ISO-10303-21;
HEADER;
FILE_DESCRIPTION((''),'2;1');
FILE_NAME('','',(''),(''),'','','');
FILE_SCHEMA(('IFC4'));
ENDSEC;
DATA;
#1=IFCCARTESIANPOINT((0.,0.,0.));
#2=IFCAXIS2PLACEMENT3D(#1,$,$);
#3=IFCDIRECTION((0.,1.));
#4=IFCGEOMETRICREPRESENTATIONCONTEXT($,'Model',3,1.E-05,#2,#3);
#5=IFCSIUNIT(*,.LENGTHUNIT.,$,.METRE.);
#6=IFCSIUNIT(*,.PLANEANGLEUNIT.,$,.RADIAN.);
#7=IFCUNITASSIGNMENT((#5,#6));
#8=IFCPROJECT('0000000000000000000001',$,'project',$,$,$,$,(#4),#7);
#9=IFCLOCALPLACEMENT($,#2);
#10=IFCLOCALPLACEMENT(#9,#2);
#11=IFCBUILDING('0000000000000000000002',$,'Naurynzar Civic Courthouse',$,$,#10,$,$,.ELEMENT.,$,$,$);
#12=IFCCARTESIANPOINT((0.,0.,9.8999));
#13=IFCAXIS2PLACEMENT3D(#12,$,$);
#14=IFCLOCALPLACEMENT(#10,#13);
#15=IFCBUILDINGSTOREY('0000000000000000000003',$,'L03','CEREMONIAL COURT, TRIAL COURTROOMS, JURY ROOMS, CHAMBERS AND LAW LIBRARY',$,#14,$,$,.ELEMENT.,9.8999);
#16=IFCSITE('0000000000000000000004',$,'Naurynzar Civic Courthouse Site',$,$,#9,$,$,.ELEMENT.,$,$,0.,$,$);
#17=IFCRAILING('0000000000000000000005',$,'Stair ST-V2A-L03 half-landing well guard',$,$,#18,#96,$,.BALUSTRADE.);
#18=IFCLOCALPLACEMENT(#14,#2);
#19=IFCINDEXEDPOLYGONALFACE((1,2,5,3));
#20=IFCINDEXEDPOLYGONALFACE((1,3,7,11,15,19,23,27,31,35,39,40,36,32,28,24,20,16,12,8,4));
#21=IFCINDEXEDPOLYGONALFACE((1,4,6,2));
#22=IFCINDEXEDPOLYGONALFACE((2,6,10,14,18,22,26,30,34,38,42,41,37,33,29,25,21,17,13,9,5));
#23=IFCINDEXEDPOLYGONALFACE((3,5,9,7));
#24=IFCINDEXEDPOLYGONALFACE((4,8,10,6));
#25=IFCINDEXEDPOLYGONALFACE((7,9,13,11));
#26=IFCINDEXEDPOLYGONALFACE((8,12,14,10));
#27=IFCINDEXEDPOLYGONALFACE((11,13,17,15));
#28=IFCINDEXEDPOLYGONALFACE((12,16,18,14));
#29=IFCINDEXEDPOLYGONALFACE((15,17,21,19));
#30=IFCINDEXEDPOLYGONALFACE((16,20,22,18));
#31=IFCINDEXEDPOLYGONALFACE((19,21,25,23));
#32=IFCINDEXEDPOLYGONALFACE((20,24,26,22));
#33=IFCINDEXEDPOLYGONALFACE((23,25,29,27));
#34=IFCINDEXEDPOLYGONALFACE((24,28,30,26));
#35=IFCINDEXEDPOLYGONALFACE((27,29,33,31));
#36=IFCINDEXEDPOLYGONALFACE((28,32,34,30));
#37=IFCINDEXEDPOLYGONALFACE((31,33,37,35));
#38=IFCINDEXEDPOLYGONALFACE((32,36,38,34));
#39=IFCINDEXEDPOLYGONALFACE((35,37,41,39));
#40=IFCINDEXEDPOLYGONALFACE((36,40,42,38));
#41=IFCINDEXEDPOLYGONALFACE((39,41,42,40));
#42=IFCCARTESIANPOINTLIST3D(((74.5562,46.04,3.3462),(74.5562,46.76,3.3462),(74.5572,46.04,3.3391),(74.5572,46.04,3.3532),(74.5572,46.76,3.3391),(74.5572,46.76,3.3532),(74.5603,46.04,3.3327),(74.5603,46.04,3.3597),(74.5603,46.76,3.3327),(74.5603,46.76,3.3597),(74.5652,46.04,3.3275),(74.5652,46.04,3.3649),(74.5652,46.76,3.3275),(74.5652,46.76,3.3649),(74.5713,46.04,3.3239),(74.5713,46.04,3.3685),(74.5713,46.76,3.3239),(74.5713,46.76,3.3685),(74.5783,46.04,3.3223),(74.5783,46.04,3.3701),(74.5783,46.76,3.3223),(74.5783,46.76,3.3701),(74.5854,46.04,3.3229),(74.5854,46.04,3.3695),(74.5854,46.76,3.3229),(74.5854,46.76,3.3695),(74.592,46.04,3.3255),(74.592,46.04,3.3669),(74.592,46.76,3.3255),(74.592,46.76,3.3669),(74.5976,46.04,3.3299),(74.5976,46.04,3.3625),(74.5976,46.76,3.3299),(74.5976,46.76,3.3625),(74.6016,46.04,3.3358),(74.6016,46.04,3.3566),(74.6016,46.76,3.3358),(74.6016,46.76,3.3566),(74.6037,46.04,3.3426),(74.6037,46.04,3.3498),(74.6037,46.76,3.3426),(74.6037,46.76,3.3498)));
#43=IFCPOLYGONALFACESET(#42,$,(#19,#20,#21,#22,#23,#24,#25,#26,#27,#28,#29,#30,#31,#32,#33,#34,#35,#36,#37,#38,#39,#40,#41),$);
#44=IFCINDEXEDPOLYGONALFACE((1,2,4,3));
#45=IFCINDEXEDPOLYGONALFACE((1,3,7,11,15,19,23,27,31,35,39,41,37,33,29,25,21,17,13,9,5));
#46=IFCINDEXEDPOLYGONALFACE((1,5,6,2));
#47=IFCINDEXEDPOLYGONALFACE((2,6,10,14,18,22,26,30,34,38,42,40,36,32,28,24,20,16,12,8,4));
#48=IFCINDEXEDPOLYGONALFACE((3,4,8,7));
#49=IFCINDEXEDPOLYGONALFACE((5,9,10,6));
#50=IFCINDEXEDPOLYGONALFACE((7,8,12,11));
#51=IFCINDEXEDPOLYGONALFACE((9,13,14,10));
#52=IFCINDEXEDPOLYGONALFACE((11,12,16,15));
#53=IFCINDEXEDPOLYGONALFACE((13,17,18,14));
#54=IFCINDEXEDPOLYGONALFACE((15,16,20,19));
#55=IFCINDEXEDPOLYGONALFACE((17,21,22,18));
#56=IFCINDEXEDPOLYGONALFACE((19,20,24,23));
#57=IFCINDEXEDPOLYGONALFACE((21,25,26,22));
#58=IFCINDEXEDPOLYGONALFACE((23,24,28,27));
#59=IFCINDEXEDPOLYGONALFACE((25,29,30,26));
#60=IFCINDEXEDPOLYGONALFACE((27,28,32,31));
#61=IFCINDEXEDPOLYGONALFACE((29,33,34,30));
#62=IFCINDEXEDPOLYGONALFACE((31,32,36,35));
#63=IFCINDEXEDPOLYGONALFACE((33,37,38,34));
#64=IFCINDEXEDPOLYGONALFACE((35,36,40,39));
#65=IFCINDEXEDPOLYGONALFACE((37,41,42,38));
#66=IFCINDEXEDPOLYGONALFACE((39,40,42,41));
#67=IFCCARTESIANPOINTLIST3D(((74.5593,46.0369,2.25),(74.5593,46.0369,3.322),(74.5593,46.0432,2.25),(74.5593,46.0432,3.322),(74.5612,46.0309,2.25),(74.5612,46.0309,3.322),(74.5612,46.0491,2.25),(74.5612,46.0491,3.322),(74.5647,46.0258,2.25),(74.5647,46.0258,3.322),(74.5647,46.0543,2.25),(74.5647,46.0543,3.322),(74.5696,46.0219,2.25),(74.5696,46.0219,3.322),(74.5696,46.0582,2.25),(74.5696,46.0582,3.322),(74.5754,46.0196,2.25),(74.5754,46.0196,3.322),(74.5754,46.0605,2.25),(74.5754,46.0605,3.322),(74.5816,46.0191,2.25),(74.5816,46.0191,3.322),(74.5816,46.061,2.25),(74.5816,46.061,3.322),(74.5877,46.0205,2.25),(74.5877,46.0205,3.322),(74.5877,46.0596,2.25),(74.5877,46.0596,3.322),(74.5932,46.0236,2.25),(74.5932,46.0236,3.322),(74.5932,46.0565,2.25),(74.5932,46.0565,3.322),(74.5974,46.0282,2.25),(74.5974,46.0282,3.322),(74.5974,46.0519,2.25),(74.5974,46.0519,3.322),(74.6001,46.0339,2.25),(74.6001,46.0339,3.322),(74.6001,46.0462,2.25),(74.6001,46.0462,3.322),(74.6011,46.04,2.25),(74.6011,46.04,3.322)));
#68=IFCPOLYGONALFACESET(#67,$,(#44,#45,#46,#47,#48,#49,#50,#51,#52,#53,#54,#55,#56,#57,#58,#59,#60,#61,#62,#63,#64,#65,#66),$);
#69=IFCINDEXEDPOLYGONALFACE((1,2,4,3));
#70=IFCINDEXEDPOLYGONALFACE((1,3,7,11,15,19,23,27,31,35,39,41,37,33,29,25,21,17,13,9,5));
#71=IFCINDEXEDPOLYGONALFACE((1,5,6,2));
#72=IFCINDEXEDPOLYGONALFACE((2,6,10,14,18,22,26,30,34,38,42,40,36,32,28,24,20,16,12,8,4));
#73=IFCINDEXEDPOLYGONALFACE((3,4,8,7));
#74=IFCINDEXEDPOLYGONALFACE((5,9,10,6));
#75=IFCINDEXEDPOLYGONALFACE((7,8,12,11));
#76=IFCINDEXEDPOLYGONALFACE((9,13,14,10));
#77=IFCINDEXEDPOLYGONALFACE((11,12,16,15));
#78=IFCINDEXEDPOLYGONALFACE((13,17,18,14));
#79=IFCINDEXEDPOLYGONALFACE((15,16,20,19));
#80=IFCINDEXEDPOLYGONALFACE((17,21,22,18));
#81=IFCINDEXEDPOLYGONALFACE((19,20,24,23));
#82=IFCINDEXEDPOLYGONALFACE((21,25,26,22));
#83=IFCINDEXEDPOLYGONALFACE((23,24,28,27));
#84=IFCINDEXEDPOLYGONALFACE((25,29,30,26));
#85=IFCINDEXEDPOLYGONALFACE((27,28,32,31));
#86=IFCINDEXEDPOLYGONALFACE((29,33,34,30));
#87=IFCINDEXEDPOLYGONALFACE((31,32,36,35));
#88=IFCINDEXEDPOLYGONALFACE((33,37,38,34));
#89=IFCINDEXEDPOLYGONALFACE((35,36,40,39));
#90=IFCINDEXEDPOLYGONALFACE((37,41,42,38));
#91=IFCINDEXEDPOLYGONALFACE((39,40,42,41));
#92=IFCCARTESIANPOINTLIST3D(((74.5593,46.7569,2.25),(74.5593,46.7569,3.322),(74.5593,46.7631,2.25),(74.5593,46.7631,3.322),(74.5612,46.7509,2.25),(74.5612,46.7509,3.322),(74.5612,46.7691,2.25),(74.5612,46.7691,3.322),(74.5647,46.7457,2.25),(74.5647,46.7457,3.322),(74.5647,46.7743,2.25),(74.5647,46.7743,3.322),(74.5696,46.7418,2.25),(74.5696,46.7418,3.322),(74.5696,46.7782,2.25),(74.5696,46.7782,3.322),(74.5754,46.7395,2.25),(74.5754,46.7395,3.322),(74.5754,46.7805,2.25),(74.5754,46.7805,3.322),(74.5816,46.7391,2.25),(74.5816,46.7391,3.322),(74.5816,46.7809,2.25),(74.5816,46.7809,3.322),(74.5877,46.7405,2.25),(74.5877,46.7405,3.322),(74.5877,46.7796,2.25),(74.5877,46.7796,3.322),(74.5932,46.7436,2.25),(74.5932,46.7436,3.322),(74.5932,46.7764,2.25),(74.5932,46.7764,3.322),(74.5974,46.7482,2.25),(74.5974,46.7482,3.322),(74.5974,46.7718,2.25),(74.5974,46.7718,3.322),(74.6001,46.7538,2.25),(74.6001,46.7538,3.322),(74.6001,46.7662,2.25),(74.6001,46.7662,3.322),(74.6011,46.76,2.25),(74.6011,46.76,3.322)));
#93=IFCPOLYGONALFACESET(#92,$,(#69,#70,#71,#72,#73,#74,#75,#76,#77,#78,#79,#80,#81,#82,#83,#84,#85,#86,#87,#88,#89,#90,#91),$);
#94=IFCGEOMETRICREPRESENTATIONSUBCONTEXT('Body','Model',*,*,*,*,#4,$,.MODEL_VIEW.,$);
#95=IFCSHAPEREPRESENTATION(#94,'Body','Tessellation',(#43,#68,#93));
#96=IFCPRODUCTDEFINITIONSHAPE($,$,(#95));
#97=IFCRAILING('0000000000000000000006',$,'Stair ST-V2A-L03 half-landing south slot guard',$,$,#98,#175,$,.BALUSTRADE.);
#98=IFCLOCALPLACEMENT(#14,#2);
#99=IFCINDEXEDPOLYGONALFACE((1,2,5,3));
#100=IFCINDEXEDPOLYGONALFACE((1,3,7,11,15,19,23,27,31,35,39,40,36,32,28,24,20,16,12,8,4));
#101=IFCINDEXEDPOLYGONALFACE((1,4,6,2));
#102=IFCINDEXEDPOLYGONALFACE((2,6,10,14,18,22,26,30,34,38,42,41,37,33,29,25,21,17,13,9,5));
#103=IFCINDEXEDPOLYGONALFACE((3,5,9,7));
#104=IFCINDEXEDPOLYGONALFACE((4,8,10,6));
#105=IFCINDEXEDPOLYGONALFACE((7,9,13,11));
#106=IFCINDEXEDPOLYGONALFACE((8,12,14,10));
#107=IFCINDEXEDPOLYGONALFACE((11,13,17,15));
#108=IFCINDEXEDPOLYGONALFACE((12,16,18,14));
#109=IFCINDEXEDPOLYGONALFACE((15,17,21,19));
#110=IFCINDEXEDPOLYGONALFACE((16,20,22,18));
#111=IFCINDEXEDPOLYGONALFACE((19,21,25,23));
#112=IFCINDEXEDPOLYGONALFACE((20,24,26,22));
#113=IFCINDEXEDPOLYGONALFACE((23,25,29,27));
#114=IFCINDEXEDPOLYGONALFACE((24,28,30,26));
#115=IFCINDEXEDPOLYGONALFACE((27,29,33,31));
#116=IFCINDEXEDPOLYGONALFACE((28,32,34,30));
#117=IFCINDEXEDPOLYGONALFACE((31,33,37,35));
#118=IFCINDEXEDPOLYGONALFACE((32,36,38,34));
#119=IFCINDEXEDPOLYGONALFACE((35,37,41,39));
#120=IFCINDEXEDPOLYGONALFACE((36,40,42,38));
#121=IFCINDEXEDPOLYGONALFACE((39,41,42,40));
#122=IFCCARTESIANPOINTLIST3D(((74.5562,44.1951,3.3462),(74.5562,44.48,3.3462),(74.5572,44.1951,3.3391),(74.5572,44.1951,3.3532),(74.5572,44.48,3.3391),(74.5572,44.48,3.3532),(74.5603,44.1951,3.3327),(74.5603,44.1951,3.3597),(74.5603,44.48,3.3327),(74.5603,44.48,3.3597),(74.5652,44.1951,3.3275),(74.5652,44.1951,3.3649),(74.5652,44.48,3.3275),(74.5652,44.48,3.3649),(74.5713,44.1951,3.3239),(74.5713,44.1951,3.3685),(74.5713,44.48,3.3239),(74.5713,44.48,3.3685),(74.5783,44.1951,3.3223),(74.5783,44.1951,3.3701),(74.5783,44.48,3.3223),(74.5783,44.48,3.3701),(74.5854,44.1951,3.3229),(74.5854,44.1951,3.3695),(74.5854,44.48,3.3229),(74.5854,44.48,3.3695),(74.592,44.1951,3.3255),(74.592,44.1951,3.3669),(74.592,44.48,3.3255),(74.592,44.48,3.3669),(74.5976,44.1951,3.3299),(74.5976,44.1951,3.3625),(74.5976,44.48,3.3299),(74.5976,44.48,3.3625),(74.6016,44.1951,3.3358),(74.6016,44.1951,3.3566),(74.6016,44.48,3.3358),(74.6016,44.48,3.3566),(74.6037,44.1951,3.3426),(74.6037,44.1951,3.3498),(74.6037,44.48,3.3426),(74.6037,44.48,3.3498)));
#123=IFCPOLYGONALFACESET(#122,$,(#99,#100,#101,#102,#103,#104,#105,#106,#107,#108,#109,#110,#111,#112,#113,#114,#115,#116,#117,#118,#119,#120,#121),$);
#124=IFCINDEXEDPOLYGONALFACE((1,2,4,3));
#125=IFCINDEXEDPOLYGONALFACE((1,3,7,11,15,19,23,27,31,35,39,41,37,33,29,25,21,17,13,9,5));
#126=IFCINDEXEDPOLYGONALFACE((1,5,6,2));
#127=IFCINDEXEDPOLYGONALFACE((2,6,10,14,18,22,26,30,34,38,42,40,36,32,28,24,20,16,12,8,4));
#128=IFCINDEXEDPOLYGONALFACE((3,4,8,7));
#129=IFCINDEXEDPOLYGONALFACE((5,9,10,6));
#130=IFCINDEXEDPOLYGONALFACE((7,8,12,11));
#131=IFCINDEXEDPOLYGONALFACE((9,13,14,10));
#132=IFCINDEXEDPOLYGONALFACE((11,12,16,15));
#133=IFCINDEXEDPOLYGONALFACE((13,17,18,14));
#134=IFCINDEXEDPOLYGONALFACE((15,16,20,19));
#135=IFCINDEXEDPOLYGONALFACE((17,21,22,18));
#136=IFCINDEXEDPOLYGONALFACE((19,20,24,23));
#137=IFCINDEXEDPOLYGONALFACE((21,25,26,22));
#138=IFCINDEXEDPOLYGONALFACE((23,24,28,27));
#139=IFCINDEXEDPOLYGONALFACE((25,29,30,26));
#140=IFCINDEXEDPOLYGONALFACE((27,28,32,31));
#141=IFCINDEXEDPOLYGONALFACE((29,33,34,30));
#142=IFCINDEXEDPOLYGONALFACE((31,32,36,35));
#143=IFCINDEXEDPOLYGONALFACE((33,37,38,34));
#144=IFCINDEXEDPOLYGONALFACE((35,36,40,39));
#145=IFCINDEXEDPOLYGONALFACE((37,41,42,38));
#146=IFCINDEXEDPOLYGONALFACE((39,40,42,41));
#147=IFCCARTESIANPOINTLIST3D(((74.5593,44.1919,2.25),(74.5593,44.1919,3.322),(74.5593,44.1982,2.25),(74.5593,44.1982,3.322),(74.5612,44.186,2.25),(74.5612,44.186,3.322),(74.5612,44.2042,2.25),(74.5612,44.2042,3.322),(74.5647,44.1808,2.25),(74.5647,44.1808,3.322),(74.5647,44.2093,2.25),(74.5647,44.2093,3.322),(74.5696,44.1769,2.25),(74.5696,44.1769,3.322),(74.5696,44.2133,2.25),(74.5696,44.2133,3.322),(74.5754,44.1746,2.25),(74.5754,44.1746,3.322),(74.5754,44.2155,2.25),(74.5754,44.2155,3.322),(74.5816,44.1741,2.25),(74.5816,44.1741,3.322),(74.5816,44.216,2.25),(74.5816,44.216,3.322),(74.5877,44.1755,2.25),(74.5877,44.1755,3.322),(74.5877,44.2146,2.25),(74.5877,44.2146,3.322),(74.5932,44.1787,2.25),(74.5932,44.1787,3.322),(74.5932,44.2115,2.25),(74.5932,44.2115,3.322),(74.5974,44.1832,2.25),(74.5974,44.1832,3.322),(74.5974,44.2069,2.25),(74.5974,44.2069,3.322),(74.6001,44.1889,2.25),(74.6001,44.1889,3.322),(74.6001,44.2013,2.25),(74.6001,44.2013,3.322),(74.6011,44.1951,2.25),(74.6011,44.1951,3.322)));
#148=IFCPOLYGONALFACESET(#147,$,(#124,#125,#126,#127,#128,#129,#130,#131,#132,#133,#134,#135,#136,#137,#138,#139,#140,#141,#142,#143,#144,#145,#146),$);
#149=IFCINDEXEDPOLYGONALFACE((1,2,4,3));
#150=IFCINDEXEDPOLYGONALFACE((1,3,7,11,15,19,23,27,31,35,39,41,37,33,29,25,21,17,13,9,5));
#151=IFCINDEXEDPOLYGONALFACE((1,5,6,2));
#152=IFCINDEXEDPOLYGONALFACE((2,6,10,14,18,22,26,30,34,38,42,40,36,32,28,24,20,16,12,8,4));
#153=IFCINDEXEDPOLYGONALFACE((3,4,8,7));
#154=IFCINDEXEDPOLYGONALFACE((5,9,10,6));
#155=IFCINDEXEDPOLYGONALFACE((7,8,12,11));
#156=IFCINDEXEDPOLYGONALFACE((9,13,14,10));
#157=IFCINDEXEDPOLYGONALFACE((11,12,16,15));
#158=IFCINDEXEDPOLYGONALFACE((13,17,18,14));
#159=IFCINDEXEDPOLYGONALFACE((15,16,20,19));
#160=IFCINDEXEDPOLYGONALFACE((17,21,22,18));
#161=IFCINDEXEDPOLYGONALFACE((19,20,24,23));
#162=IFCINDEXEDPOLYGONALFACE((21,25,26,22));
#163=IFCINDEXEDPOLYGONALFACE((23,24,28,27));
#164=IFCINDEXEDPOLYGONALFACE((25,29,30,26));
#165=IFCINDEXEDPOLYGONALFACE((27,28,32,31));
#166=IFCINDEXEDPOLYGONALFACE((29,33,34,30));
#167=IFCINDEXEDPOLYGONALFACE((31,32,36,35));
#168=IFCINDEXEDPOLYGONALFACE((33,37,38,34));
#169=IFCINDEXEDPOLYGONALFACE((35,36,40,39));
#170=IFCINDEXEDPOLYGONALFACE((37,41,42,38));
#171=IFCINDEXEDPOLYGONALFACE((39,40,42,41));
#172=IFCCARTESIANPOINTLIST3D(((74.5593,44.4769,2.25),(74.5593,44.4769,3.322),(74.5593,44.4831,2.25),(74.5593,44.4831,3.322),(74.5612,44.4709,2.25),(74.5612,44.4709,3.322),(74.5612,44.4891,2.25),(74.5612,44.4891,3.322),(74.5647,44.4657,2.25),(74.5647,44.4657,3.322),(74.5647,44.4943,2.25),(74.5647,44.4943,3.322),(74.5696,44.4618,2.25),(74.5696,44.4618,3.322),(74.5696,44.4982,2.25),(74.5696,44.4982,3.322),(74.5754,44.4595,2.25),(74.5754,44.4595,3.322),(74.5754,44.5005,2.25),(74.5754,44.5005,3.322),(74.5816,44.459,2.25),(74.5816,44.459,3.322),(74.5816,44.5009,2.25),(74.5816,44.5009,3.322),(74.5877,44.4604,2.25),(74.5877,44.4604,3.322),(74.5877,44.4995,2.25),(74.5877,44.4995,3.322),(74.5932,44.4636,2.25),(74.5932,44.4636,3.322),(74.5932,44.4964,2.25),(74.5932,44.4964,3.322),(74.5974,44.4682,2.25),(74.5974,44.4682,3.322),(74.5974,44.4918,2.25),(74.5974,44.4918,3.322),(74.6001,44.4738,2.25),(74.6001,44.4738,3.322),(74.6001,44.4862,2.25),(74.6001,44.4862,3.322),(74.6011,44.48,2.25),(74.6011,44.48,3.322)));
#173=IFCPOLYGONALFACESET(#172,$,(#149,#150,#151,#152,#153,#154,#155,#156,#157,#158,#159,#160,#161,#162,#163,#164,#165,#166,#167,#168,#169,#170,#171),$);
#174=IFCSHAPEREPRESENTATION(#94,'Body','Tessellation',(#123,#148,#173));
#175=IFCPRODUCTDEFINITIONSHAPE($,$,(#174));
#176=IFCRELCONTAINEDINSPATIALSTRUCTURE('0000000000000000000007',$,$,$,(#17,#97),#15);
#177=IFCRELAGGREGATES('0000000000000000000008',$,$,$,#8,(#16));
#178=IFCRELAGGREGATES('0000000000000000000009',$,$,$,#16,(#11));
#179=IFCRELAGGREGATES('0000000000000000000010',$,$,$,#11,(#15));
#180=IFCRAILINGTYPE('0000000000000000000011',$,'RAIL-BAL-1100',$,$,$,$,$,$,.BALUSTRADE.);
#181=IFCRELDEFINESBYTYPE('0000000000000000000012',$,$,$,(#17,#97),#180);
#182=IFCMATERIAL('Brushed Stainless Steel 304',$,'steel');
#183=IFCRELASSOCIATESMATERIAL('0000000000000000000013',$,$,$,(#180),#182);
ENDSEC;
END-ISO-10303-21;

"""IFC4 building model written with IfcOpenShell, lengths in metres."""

from ifc_helpers import new_model, si_unit, direction, frame, origin, origin_2d, place, context, subcontext, project, spatial, circle, extrude, material, type_object, element, save


model = new_model("IFC4")

# Units and contexts
model_context = context("Model", 3, precision=1e-05, world=origin(), true_north=direction((0.0, 1.0)))
body_context = subcontext(model_context, "Body", "Model", "MODEL_VIEW")
ifc_project = project(units=[si_unit("LENGTHUNIT", "METRE"), si_unit("PLANEANGLEUNIT", "RADIAN")], contexts=[model_context])

# Site, building, storey
site_placement = place(None, origin())
site = spatial("IfcSite", under=ifc_project, at=site_placement, Name="Naurynzar Civic Courthouse Site", CompositionType="ELEMENT", RefElevation=0.0)
building_placement = place(site_placement, origin())
building = spatial("IfcBuilding", under=site, at=building_placement, Name="Naurynzar Civic Courthouse", CompositionType="ELEMENT")
storey_placement = place(building_placement, frame((0.0, 0.0, 9.8999)))
storey = spatial("IfcBuildingStorey", under=building, at=storey_placement, Name="L03", Description="CEREMONIAL COURT, TRIAL COURTROOMS, JURY ROOMS, CHAMBERS AND LAW LIBRARY", CompositionType="ELEMENT", Elevation=9.8999)

# Railings
ifc_material_1 = material(Name="Brushed Stainless Steel 304", Category="steel")
railing_type_1 = type_object("IfcRailingType", Name="RAIL-BAL-1100", PredefinedType="BALUSTRADE", material=ifc_material_1)
for number, where, name in (
    (1, (74.5801, 46.04, 2.25), "Stair ST-V2A-L03 half-landing well guard"),
):
    element("IfcRailing", number, at=place(storey_placement, frame(where)), inside=storey, type_object=railing_type_1, Name=name, PredefinedType="BALUSTRADE", context=body_context, shape_type="SweptSolid", body=[
        extrude(circle(Radius=0.0239, at=origin_2d()), frame((0.0, 0.0, 1.0962), z_axis=(0.0, 1.0, 0.0), x_axis=(-1.0, 0.0, 0.0)), (0.0, 0.0, 1.0), 0.72),
        extrude(circle(Radius=0.021, at=origin_2d()), origin(), (0.0, 0.0, 1.0), 1.072),
        extrude(circle(Radius=0.021, at=origin_2d()), frame((0.0, 0.72, 0.0)), (0.0, 0.0, 1.0), 1.072),
    ])
railing_1_placement = place(storey_placement, frame((74.5801, 44.1951, 2.25)))
element("IfcRailing", 2, at=railing_1_placement, inside=storey, type_object=railing_type_1, Name="Stair ST-V2A-L03 half-landing south slot guard", PredefinedType="BALUSTRADE", context=body_context, shape_type="SweptSolid", body=[
    extrude(circle(Radius=0.0239, at=origin_2d()), frame((0.0, 0.0, 1.0962), z_axis=(0.0, 1.0, 0.0), x_axis=(-1.0, 0.0, 0.0)), (0.0, 0.0, 1.0), 0.2849),
    extrude(circle(Radius=0.021, at=origin_2d()), origin(), (0.0, 0.0, 1.0), 1.072),
    extrude(circle(Radius=0.021, at=origin_2d()), frame((0.0, 0.2849, 0.0)), (0.0, 0.0, 1.0), 1.072),
])

save(model, "model.ifc")
